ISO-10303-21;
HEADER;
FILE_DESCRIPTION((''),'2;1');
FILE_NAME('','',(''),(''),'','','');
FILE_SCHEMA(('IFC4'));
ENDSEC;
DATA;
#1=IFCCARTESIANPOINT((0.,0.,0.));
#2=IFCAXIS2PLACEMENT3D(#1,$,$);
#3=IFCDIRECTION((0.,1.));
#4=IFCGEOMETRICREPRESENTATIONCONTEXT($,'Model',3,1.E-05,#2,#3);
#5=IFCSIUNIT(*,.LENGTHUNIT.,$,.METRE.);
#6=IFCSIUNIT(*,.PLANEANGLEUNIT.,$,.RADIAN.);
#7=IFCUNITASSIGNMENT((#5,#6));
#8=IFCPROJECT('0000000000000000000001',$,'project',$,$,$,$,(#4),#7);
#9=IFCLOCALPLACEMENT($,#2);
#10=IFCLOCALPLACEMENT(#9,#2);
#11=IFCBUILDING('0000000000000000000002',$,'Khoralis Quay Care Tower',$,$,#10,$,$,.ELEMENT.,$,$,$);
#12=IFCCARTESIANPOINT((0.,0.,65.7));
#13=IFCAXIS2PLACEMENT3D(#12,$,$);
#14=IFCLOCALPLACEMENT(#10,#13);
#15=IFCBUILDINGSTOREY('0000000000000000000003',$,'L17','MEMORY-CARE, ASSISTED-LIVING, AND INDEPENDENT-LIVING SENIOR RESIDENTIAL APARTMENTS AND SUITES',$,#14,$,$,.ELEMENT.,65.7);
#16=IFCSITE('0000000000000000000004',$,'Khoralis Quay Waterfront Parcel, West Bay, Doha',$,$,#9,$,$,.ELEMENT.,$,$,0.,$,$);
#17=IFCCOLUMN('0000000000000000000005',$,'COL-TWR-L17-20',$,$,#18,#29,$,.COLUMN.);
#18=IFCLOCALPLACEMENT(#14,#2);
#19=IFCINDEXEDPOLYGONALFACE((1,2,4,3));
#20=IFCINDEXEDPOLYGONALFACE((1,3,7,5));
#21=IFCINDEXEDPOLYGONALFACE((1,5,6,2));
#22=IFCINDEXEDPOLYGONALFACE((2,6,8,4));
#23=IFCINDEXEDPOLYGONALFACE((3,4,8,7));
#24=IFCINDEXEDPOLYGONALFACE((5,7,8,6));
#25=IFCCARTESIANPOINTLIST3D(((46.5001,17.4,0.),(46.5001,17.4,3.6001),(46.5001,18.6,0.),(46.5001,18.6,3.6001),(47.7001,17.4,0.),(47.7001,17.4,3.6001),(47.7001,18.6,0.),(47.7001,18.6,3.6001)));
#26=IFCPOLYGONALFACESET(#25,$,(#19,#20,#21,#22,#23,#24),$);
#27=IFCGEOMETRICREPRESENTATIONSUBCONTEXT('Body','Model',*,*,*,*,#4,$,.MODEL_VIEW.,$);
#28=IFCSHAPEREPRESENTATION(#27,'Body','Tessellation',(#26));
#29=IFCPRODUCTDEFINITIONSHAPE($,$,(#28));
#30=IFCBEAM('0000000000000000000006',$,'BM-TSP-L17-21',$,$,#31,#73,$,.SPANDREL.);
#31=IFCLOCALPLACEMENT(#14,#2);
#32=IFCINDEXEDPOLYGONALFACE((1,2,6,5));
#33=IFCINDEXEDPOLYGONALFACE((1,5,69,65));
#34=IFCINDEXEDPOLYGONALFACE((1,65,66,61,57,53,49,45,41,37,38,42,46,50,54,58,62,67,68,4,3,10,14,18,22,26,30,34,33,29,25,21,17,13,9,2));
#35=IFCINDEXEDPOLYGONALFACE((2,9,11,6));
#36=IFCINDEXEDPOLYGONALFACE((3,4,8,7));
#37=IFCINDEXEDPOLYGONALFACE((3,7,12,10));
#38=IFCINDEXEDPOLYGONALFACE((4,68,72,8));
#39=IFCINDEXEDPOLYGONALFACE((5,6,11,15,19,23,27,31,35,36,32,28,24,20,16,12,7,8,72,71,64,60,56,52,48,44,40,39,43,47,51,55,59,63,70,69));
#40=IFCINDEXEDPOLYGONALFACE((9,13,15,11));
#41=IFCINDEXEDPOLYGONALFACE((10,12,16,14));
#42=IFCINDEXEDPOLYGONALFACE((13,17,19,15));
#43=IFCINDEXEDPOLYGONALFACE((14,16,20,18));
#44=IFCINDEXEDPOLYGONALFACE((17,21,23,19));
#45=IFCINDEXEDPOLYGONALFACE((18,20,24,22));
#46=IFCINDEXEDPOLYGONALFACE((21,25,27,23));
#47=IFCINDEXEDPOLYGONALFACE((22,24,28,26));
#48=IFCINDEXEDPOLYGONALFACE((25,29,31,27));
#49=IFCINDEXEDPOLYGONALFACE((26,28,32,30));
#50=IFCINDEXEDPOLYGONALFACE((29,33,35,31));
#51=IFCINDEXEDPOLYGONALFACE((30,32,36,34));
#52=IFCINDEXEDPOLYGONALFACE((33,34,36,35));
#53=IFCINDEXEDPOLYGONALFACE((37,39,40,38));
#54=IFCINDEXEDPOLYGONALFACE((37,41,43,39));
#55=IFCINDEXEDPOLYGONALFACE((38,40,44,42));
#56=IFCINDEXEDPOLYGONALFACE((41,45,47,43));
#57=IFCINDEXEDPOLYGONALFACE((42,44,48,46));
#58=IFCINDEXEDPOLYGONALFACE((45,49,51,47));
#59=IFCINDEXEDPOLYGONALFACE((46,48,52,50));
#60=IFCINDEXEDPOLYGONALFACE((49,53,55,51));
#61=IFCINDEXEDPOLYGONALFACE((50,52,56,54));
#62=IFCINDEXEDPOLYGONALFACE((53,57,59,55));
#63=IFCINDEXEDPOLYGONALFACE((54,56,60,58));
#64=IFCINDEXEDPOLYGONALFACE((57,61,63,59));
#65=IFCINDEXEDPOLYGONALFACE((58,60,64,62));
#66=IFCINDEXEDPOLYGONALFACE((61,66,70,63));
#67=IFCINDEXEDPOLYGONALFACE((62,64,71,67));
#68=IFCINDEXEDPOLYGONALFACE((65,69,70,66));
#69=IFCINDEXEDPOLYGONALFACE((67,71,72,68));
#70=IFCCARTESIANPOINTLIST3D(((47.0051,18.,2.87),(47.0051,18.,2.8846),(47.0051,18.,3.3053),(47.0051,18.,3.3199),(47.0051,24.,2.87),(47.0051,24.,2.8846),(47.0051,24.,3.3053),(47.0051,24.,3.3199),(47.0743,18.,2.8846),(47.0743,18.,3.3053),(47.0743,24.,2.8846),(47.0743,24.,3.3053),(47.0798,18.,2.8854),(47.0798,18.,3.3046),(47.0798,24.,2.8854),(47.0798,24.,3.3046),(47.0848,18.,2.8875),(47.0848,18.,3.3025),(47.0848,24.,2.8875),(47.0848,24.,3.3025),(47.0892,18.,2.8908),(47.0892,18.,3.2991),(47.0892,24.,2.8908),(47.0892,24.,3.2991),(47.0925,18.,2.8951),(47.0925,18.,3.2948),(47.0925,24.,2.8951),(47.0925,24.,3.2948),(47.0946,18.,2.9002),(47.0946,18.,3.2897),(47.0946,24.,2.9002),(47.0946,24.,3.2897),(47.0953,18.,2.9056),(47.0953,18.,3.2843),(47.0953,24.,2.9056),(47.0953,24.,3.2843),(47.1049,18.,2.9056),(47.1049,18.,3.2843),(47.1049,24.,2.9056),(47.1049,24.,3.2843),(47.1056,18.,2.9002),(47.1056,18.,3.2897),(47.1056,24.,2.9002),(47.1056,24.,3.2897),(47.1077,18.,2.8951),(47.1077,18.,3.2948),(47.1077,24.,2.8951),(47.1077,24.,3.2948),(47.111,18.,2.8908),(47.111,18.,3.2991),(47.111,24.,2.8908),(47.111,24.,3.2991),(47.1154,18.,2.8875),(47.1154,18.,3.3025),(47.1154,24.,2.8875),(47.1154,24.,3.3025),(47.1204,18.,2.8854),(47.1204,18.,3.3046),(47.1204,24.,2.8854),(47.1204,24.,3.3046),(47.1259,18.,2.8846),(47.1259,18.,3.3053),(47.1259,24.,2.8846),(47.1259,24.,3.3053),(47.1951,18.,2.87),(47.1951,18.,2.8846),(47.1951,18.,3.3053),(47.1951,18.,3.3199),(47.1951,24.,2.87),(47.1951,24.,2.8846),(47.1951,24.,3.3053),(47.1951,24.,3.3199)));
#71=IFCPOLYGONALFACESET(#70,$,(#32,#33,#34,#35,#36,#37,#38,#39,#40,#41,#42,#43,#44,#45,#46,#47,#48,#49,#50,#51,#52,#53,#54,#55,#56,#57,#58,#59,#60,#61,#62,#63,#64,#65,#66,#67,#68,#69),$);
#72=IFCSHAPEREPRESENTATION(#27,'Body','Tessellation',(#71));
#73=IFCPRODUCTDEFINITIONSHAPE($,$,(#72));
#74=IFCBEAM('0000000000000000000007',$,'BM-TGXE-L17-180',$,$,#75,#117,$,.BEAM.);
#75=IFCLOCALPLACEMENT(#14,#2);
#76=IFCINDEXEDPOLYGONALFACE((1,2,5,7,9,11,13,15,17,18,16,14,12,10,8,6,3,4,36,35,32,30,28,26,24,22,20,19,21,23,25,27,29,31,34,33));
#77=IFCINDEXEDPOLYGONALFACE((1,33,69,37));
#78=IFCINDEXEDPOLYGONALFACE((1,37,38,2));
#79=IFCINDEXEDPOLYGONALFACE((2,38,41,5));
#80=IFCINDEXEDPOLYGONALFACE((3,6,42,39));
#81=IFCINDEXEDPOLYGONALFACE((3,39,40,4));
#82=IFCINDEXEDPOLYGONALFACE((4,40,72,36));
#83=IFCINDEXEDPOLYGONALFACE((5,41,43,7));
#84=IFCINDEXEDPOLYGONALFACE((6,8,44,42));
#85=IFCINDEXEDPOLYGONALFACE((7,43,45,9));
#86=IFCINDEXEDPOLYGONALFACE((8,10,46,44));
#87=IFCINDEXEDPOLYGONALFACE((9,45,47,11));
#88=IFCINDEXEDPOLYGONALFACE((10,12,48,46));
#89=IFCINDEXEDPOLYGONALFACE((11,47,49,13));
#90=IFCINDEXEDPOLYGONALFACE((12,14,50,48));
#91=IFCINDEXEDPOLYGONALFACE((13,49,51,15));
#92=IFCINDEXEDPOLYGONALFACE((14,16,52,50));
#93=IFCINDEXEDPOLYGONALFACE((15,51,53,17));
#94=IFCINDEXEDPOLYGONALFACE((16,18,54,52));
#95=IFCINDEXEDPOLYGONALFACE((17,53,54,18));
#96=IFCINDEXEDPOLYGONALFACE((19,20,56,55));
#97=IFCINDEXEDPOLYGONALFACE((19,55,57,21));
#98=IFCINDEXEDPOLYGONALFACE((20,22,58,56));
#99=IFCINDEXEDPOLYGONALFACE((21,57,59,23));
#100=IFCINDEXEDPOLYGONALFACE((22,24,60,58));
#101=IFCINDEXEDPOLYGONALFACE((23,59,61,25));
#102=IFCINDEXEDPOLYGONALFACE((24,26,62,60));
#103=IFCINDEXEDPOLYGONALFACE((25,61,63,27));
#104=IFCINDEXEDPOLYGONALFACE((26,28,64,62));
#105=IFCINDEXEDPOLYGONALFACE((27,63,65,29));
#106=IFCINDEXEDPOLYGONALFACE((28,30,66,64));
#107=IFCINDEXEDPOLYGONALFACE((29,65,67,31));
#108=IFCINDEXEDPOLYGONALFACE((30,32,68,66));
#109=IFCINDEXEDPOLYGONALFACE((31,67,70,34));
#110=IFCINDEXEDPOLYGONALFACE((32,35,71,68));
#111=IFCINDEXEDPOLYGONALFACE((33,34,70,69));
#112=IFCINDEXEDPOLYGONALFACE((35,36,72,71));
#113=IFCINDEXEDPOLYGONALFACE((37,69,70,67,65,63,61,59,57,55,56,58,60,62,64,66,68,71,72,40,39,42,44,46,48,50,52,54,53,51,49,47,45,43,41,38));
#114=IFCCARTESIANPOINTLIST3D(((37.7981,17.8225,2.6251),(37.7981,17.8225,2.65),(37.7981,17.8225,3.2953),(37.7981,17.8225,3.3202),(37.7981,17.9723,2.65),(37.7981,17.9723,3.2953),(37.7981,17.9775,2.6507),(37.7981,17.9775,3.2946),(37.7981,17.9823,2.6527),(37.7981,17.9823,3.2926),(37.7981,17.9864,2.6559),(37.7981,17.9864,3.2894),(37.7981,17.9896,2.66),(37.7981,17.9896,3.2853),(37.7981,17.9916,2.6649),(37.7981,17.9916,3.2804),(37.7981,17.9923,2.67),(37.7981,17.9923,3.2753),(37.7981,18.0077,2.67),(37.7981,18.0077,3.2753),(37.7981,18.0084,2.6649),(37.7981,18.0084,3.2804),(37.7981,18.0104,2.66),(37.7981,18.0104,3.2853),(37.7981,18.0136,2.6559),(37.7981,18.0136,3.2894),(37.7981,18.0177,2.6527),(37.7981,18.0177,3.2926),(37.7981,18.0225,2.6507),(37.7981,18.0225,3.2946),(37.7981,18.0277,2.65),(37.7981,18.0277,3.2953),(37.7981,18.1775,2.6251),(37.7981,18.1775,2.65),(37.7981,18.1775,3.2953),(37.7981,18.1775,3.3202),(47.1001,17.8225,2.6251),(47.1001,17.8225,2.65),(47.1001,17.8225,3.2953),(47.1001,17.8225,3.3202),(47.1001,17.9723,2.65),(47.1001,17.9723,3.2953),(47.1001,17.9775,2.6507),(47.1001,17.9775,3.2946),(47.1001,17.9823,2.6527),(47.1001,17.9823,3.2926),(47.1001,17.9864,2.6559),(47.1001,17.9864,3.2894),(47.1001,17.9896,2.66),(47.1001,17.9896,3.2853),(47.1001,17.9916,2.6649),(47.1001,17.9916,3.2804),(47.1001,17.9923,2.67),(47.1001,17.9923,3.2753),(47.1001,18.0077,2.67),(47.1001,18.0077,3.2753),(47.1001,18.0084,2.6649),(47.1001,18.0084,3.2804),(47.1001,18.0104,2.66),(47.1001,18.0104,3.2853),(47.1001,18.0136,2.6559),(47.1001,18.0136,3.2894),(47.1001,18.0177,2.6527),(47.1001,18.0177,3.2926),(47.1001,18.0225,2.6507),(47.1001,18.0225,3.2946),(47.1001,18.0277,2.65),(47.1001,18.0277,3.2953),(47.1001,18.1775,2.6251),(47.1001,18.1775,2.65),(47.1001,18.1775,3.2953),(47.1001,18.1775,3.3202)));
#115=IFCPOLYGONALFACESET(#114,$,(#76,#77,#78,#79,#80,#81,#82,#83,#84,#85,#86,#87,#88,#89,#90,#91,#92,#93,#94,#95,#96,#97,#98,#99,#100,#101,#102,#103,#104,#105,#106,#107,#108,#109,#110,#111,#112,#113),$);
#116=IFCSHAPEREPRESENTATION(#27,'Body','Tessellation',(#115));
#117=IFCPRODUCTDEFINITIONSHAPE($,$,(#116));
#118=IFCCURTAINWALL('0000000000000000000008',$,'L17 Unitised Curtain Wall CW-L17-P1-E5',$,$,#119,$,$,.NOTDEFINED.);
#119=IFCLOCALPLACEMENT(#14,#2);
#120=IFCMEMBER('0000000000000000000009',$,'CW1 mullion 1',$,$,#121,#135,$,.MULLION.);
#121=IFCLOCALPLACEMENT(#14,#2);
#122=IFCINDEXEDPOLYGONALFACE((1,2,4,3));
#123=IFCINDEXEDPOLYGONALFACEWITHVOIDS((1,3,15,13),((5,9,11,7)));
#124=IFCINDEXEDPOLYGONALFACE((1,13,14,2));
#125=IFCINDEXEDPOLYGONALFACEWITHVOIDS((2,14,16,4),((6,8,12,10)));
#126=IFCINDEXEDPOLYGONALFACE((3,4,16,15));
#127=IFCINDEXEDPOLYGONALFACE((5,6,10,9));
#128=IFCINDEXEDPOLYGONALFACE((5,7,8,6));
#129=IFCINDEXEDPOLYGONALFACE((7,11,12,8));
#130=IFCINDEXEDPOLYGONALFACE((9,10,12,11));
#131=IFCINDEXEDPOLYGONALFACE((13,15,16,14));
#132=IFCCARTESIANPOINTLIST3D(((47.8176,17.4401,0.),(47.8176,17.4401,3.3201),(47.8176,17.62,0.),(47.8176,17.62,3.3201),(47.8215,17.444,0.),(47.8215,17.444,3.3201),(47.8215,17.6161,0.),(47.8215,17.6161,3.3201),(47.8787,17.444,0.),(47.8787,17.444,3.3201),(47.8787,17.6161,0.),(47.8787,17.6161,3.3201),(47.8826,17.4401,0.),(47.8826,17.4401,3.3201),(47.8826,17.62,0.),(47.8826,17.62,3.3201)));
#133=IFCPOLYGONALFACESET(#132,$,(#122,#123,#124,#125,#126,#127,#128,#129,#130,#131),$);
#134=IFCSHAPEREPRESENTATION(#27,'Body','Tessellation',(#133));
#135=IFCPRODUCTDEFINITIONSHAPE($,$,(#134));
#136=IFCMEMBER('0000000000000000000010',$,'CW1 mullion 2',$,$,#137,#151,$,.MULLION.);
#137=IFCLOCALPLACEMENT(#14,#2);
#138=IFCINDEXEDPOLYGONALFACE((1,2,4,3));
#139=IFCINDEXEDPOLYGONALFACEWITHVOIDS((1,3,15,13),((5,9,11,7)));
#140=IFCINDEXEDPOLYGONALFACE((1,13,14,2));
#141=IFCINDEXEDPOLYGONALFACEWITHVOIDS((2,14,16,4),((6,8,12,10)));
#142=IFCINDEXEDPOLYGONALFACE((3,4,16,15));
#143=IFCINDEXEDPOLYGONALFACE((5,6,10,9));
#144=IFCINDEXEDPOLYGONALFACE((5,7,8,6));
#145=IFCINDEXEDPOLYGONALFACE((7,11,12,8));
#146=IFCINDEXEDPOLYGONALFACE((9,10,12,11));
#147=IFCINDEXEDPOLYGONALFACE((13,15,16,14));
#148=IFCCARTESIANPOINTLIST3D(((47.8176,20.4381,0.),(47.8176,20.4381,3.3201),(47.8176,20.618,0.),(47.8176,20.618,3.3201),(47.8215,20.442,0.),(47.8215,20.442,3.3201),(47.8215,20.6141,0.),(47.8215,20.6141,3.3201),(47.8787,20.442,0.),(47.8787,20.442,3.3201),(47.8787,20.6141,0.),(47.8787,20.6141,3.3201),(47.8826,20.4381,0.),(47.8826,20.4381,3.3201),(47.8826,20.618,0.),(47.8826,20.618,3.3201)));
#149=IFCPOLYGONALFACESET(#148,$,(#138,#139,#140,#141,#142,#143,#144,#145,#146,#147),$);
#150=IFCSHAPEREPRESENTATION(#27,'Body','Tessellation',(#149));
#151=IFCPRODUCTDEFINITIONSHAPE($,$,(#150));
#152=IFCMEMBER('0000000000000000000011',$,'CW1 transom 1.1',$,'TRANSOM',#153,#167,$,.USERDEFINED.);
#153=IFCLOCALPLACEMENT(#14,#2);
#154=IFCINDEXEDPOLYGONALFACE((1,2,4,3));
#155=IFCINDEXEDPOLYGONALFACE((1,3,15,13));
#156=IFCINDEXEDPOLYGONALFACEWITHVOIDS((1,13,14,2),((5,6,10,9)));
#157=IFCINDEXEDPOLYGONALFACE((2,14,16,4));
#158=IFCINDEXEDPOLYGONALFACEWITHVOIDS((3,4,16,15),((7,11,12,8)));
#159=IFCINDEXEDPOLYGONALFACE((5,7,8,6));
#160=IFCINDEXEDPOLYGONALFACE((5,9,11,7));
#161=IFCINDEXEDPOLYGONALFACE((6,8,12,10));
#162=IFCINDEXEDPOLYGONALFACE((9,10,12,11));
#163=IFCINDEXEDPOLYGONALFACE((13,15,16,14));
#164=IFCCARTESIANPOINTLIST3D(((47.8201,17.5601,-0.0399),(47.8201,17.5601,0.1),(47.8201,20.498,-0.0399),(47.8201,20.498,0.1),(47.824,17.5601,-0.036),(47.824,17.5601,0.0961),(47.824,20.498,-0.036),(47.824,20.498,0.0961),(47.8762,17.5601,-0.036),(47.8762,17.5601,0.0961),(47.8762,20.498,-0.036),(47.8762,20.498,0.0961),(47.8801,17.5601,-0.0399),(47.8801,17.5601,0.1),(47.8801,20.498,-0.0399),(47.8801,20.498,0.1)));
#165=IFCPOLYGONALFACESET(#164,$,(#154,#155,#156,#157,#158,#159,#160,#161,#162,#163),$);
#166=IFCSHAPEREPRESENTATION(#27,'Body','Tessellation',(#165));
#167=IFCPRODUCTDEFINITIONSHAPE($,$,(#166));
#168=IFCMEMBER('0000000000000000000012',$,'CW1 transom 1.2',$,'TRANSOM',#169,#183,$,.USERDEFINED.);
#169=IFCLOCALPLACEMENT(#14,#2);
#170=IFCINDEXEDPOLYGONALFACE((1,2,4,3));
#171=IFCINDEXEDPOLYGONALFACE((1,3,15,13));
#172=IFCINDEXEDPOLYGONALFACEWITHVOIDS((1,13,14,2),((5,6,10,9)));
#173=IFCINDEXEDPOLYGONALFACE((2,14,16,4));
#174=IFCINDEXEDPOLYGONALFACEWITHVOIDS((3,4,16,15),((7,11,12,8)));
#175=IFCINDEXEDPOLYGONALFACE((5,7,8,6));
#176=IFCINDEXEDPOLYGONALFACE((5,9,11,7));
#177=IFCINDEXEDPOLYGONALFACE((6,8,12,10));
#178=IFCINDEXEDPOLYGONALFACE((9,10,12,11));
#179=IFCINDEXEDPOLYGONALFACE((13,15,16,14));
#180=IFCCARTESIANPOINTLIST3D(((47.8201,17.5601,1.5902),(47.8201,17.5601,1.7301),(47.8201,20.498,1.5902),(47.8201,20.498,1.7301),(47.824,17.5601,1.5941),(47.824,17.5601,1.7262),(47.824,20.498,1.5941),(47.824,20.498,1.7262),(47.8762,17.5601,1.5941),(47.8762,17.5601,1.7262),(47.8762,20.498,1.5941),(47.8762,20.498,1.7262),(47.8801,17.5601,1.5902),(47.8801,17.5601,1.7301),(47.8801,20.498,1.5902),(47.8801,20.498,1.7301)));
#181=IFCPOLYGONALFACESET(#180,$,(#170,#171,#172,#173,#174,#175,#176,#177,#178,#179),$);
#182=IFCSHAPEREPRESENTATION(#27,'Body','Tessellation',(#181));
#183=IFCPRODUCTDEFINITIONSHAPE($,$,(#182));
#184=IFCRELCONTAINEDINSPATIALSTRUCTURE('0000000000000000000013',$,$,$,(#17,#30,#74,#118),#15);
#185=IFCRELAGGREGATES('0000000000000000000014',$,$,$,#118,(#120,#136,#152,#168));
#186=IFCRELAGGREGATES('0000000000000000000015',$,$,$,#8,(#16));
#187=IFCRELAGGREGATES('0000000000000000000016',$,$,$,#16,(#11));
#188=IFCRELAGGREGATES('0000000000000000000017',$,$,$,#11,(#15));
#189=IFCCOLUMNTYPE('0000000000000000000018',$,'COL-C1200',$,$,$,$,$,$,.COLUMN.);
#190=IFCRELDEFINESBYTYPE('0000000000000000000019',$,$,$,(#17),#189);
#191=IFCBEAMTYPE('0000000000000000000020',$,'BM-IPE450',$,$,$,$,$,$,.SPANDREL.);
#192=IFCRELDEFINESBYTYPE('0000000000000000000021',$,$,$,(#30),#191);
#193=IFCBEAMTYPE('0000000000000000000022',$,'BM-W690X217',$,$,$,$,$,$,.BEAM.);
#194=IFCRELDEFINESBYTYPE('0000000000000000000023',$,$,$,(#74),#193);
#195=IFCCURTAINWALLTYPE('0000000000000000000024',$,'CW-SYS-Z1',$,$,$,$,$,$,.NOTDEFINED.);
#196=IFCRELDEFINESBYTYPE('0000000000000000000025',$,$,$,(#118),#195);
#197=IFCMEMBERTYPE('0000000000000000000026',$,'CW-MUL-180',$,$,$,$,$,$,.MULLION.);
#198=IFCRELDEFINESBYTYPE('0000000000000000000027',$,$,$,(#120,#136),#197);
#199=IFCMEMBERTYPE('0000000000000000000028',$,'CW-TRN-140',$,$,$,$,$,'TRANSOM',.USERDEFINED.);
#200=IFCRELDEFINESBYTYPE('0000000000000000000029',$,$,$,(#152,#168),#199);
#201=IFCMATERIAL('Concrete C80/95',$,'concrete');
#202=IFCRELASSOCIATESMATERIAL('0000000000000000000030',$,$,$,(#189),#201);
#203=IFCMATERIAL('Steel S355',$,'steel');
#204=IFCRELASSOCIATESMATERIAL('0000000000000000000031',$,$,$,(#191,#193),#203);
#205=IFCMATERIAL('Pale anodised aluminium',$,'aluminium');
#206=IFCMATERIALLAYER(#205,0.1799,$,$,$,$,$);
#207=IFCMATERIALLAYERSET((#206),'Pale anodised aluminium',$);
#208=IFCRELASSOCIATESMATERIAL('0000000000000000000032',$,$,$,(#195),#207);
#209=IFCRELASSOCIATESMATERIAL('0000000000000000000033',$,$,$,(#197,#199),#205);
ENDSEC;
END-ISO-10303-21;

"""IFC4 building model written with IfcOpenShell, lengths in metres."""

from ifc_helpers import new_model, si_unit, direction, frame, origin, origin_2d, place, context, subcontext, project, spatial, rectangle, hollow_rectangle, i_section, extrude, source, transform, mapped, material, layer, layer_set, material_profile, profile_set, type_object, element, aggregate, save


model = new_model("IFC4")

# Units and contexts
model_context = context("Model", 3, precision=1e-05, world=origin(), true_north=direction((0.0, 1.0)))
body_context = subcontext(model_context, "Body", "Model", "MODEL_VIEW")
ifc_project = project(units=[si_unit("LENGTHUNIT", "METRE"), si_unit("PLANEANGLEUNIT", "RADIAN")], contexts=[model_context])

# Site, building, storey
site_placement = place(None, origin())
site = spatial("IfcSite", under=ifc_project, at=site_placement, Name="Khoralis Quay Waterfront Parcel, West Bay, Doha", CompositionType="ELEMENT", RefElevation=0.0)
building_placement = place(site_placement, origin())
building = spatial("IfcBuilding", under=site, at=building_placement, Name="Khoralis Quay Care Tower", CompositionType="ELEMENT")
storey_placement = place(building_placement, frame((0.0, 0.0, 65.7)))
storey = spatial("IfcBuildingStorey", under=building, at=storey_placement, Name="L17", Description="MEMORY-CARE, ASSISTED-LIVING, AND INDEPENDENT-LIVING SENIOR RESIDENTIAL APARTMENTS AND SUITES", CompositionType="ELEMENT", Elevation=65.7)

# Column
ifc_material_1 = material(Name="Concrete C80/95", Category="concrete")
ifc_material_profile_1 = material_profile(ifc_material_1, rectangle(XDim=1.2, YDim=1.2, at=origin_2d()), Name="Concrete C80/95")
ifc_profile_set_1 = profile_set([ifc_material_profile_1], Name="Concrete C80/95")
column_type = type_object("IfcColumnType", Name="COL-C1200", PredefinedType="COLUMN", material=ifc_profile_set_1)
shared_shape_1 = source(origin(), body_context, "Body", "SweptSolid", [
    extrude(rectangle(XDim=1.2, YDim=1.2, at=origin_2d()), origin(), (0.0, 0.0, 1.0), 3.6001),
])
column_placement = place(storey_placement, frame((47.1001, 18.0, 0.0), z_axis=(0.0, 0.0, 1.0), x_axis=(1.0, 0.0, 0.0)))
element("IfcColumn", 1, at=column_placement, inside=storey, type_object=column_type, Name="COL-TWR-L17-20", PredefinedType="COLUMN", context=body_context, shape_type="MappedRepresentation", body=[
    mapped(shared_shape_1, transform((0.0, 0.0, 0.0), scale=1.0)),
])

# Beams
ifc_material_2 = material(Name="Steel S355", Category="steel")
ifc_material_profile_2 = material_profile(ifc_material_2, i_section(OverallWidth=0.1899, OverallDepth=0.45, WebThickness=0.0095, FlangeThickness=0.0146, FilletRadius=0.021, at=origin_2d()), Name="Steel S355")
ifc_profile_set_2 = profile_set([ifc_material_profile_2], Name="Steel S355")
beam_type_1 = type_object("IfcBeamType", Name="BM-IPE450", PredefinedType="SPANDREL", material=ifc_profile_set_2)
shared_shape_2 = source(origin(), body_context, "Body", "SweptSolid", [
    extrude(i_section(OverallWidth=0.1899, OverallDepth=0.45, WebThickness=0.0095, FlangeThickness=0.0146, FilletRadius=0.021, at=origin_2d()), origin(), (0.0, 0.0, 1.0), 6.0),
])
beam_1_placement = place(storey_placement, frame((47.1001, 18.0, 3.095), z_axis=(0.0, 1.0, 0.0), x_axis=(-1.0, 0.0, 0.0)))
element("IfcBeam", 2, at=beam_1_placement, inside=storey, type_object=beam_type_1, Name="BM-TSP-L17-21", PredefinedType="SPANDREL", context=body_context, shape_type="MappedRepresentation", body=[
    mapped(shared_shape_2, transform((0.0, 0.0, 0.0), scale=1.0)),
])
ifc_material_profile_3 = material_profile(ifc_material_2, i_section(OverallWidth=0.355, OverallDepth=0.6951, WebThickness=0.0154, FlangeThickness=0.0249, FilletRadius=0.02, at=origin_2d()), Name="Steel S355")
ifc_profile_set_3 = profile_set([ifc_material_profile_3], Name="Steel S355")
beam_type_2 = type_object("IfcBeamType", Name="BM-W690X217", PredefinedType="BEAM", material=ifc_profile_set_3)
shared_shape_3 = source(origin(), body_context, "Body", "SweptSolid", [
    extrude(i_section(OverallWidth=0.355, OverallDepth=0.6951, WebThickness=0.0154, FlangeThickness=0.0249, FilletRadius=0.02, at=origin_2d()), origin(), (0.0, 0.0, 1.0), 9.302),
])
beam_2_placement = place(storey_placement, frame((37.7981, 18.0, 2.9727), z_axis=(1.0, 0.0, 0.0), x_axis=(0.0, 1.0, 0.0)))
element("IfcBeam", 3, at=beam_2_placement, inside=storey, type_object=beam_type_2, Name="BM-TGXE-L17-180", PredefinedType="BEAM", context=body_context, shape_type="MappedRepresentation", body=[
    mapped(shared_shape_3, transform((0.0, 0.0, 0.0), scale=1.0)),
])

# Curtain wall, members
ifc_material_3 = material(Name="Pale anodised aluminium", Category="aluminium")
ifc_layer_1 = layer(ifc_material_3, 0.1799)
ifc_layer_set_1 = layer_set([ifc_layer_1], Name="Pale anodised aluminium")
curtain_wall_type = type_object("IfcCurtainWallType", Name="CW-SYS-Z1", PredefinedType="NOTDEFINED", material=ifc_layer_set_1)
curtain_wall_placement = place(storey_placement, origin())
curtain_wall = element("IfcCurtainWall", 4, at=curtain_wall_placement, inside=storey, type_object=curtain_wall_type, Name="L17 Unitised Curtain Wall CW-L17-P1-E5", PredefinedType="NOTDEFINED")
ifc_material_profile_4 = material_profile(ifc_material_3, hollow_rectangle(XDim=0.0649, YDim=0.1799, WallThickness=0.0039, at=origin_2d()), Name="Pale anodised aluminium")
ifc_profile_set_4 = profile_set([ifc_material_profile_4], Name="Pale anodised aluminium")
member_type_1 = type_object("IfcMemberType", Name="CW-MUL-180", PredefinedType="MULLION", material=ifc_profile_set_4)
shared_shape_4 = source(origin(), body_context, "Body", "SweptSolid", [
    extrude(hollow_rectangle(XDim=0.0649, YDim=0.1799, WallThickness=0.0039, at=origin_2d()), origin(), (0.0, 0.0, 1.0), 3.3201),
])
member_1_placement = place(storey_placement, frame((47.8501, 17.53, 0.0), z_axis=(0.0, 0.0, 1.0), x_axis=(-1.0, 0.0, 0.0)))
member_1 = element("IfcMember", 5, at=member_1_placement, type_object=member_type_1, Name="CW1 mullion 1", PredefinedType="MULLION", context=body_context, shape_type="MappedRepresentation", body=[
    mapped(shared_shape_4, transform((0.0, 0.0, 0.0), scale=1.0)),
])
member_2_placement = place(storey_placement, frame((47.8501, 20.5281, 0.0), z_axis=(0.0, 0.0, 1.0), x_axis=(-1.0, 0.0, 0.0)))
member_2 = element("IfcMember", 6, at=member_2_placement, type_object=member_type_1, Name="CW1 mullion 2", PredefinedType="MULLION", context=body_context, shape_type="MappedRepresentation", body=[
    mapped(shared_shape_4, transform((0.0, 0.0, 0.0), scale=1.0)),
])
ifc_material_profile_5 = material_profile(ifc_material_3, hollow_rectangle(XDim=0.0601, YDim=0.1399, WallThickness=0.0039, at=origin_2d()), Name="Pale anodised aluminium")
ifc_profile_set_5 = profile_set([ifc_material_profile_5], Name="Pale anodised aluminium")
member_type_2 = type_object("IfcMemberType", Name="CW-TRN-140", ElementType="TRANSOM", PredefinedType="USERDEFINED", material=ifc_profile_set_5)
shared_shape_5 = source(origin(), body_context, "Body", "SweptSolid", [
    extrude(hollow_rectangle(XDim=0.0601, YDim=0.1399, WallThickness=0.0039, at=origin_2d()), origin(), (0.0, 0.0, 1.0), 2.938),
])
member_3_placement = place(storey_placement, frame((47.8501, 17.5601, 0.03), z_axis=(0.0, 1.0, 0.0), x_axis=(-1.0, 0.0, 0.0)))
member_3 = element("IfcMember", 7, at=member_3_placement, type_object=member_type_2, Name="CW1 transom 1.1", ObjectType="TRANSOM", PredefinedType="USERDEFINED", context=body_context, shape_type="MappedRepresentation", body=[
    mapped(shared_shape_5, transform((0.0, 0.0, 0.0), scale=1.0)),
])
member_4_placement = place(storey_placement, frame((47.8501, 17.5601, 1.6602), z_axis=(0.0, 1.0, 0.0), x_axis=(-1.0, 0.0, 0.0)))
member_4 = element("IfcMember", 8, at=member_4_placement, type_object=member_type_2, Name="CW1 transom 1.2", ObjectType="TRANSOM", PredefinedType="USERDEFINED", context=body_context, shape_type="MappedRepresentation", body=[
    mapped(shared_shape_5, transform((0.0, 0.0, 0.0), scale=1.0)),
])
aggregate(curtain_wall, [member_1, member_2, member_3, member_4])

save(model, "model.ifc")
